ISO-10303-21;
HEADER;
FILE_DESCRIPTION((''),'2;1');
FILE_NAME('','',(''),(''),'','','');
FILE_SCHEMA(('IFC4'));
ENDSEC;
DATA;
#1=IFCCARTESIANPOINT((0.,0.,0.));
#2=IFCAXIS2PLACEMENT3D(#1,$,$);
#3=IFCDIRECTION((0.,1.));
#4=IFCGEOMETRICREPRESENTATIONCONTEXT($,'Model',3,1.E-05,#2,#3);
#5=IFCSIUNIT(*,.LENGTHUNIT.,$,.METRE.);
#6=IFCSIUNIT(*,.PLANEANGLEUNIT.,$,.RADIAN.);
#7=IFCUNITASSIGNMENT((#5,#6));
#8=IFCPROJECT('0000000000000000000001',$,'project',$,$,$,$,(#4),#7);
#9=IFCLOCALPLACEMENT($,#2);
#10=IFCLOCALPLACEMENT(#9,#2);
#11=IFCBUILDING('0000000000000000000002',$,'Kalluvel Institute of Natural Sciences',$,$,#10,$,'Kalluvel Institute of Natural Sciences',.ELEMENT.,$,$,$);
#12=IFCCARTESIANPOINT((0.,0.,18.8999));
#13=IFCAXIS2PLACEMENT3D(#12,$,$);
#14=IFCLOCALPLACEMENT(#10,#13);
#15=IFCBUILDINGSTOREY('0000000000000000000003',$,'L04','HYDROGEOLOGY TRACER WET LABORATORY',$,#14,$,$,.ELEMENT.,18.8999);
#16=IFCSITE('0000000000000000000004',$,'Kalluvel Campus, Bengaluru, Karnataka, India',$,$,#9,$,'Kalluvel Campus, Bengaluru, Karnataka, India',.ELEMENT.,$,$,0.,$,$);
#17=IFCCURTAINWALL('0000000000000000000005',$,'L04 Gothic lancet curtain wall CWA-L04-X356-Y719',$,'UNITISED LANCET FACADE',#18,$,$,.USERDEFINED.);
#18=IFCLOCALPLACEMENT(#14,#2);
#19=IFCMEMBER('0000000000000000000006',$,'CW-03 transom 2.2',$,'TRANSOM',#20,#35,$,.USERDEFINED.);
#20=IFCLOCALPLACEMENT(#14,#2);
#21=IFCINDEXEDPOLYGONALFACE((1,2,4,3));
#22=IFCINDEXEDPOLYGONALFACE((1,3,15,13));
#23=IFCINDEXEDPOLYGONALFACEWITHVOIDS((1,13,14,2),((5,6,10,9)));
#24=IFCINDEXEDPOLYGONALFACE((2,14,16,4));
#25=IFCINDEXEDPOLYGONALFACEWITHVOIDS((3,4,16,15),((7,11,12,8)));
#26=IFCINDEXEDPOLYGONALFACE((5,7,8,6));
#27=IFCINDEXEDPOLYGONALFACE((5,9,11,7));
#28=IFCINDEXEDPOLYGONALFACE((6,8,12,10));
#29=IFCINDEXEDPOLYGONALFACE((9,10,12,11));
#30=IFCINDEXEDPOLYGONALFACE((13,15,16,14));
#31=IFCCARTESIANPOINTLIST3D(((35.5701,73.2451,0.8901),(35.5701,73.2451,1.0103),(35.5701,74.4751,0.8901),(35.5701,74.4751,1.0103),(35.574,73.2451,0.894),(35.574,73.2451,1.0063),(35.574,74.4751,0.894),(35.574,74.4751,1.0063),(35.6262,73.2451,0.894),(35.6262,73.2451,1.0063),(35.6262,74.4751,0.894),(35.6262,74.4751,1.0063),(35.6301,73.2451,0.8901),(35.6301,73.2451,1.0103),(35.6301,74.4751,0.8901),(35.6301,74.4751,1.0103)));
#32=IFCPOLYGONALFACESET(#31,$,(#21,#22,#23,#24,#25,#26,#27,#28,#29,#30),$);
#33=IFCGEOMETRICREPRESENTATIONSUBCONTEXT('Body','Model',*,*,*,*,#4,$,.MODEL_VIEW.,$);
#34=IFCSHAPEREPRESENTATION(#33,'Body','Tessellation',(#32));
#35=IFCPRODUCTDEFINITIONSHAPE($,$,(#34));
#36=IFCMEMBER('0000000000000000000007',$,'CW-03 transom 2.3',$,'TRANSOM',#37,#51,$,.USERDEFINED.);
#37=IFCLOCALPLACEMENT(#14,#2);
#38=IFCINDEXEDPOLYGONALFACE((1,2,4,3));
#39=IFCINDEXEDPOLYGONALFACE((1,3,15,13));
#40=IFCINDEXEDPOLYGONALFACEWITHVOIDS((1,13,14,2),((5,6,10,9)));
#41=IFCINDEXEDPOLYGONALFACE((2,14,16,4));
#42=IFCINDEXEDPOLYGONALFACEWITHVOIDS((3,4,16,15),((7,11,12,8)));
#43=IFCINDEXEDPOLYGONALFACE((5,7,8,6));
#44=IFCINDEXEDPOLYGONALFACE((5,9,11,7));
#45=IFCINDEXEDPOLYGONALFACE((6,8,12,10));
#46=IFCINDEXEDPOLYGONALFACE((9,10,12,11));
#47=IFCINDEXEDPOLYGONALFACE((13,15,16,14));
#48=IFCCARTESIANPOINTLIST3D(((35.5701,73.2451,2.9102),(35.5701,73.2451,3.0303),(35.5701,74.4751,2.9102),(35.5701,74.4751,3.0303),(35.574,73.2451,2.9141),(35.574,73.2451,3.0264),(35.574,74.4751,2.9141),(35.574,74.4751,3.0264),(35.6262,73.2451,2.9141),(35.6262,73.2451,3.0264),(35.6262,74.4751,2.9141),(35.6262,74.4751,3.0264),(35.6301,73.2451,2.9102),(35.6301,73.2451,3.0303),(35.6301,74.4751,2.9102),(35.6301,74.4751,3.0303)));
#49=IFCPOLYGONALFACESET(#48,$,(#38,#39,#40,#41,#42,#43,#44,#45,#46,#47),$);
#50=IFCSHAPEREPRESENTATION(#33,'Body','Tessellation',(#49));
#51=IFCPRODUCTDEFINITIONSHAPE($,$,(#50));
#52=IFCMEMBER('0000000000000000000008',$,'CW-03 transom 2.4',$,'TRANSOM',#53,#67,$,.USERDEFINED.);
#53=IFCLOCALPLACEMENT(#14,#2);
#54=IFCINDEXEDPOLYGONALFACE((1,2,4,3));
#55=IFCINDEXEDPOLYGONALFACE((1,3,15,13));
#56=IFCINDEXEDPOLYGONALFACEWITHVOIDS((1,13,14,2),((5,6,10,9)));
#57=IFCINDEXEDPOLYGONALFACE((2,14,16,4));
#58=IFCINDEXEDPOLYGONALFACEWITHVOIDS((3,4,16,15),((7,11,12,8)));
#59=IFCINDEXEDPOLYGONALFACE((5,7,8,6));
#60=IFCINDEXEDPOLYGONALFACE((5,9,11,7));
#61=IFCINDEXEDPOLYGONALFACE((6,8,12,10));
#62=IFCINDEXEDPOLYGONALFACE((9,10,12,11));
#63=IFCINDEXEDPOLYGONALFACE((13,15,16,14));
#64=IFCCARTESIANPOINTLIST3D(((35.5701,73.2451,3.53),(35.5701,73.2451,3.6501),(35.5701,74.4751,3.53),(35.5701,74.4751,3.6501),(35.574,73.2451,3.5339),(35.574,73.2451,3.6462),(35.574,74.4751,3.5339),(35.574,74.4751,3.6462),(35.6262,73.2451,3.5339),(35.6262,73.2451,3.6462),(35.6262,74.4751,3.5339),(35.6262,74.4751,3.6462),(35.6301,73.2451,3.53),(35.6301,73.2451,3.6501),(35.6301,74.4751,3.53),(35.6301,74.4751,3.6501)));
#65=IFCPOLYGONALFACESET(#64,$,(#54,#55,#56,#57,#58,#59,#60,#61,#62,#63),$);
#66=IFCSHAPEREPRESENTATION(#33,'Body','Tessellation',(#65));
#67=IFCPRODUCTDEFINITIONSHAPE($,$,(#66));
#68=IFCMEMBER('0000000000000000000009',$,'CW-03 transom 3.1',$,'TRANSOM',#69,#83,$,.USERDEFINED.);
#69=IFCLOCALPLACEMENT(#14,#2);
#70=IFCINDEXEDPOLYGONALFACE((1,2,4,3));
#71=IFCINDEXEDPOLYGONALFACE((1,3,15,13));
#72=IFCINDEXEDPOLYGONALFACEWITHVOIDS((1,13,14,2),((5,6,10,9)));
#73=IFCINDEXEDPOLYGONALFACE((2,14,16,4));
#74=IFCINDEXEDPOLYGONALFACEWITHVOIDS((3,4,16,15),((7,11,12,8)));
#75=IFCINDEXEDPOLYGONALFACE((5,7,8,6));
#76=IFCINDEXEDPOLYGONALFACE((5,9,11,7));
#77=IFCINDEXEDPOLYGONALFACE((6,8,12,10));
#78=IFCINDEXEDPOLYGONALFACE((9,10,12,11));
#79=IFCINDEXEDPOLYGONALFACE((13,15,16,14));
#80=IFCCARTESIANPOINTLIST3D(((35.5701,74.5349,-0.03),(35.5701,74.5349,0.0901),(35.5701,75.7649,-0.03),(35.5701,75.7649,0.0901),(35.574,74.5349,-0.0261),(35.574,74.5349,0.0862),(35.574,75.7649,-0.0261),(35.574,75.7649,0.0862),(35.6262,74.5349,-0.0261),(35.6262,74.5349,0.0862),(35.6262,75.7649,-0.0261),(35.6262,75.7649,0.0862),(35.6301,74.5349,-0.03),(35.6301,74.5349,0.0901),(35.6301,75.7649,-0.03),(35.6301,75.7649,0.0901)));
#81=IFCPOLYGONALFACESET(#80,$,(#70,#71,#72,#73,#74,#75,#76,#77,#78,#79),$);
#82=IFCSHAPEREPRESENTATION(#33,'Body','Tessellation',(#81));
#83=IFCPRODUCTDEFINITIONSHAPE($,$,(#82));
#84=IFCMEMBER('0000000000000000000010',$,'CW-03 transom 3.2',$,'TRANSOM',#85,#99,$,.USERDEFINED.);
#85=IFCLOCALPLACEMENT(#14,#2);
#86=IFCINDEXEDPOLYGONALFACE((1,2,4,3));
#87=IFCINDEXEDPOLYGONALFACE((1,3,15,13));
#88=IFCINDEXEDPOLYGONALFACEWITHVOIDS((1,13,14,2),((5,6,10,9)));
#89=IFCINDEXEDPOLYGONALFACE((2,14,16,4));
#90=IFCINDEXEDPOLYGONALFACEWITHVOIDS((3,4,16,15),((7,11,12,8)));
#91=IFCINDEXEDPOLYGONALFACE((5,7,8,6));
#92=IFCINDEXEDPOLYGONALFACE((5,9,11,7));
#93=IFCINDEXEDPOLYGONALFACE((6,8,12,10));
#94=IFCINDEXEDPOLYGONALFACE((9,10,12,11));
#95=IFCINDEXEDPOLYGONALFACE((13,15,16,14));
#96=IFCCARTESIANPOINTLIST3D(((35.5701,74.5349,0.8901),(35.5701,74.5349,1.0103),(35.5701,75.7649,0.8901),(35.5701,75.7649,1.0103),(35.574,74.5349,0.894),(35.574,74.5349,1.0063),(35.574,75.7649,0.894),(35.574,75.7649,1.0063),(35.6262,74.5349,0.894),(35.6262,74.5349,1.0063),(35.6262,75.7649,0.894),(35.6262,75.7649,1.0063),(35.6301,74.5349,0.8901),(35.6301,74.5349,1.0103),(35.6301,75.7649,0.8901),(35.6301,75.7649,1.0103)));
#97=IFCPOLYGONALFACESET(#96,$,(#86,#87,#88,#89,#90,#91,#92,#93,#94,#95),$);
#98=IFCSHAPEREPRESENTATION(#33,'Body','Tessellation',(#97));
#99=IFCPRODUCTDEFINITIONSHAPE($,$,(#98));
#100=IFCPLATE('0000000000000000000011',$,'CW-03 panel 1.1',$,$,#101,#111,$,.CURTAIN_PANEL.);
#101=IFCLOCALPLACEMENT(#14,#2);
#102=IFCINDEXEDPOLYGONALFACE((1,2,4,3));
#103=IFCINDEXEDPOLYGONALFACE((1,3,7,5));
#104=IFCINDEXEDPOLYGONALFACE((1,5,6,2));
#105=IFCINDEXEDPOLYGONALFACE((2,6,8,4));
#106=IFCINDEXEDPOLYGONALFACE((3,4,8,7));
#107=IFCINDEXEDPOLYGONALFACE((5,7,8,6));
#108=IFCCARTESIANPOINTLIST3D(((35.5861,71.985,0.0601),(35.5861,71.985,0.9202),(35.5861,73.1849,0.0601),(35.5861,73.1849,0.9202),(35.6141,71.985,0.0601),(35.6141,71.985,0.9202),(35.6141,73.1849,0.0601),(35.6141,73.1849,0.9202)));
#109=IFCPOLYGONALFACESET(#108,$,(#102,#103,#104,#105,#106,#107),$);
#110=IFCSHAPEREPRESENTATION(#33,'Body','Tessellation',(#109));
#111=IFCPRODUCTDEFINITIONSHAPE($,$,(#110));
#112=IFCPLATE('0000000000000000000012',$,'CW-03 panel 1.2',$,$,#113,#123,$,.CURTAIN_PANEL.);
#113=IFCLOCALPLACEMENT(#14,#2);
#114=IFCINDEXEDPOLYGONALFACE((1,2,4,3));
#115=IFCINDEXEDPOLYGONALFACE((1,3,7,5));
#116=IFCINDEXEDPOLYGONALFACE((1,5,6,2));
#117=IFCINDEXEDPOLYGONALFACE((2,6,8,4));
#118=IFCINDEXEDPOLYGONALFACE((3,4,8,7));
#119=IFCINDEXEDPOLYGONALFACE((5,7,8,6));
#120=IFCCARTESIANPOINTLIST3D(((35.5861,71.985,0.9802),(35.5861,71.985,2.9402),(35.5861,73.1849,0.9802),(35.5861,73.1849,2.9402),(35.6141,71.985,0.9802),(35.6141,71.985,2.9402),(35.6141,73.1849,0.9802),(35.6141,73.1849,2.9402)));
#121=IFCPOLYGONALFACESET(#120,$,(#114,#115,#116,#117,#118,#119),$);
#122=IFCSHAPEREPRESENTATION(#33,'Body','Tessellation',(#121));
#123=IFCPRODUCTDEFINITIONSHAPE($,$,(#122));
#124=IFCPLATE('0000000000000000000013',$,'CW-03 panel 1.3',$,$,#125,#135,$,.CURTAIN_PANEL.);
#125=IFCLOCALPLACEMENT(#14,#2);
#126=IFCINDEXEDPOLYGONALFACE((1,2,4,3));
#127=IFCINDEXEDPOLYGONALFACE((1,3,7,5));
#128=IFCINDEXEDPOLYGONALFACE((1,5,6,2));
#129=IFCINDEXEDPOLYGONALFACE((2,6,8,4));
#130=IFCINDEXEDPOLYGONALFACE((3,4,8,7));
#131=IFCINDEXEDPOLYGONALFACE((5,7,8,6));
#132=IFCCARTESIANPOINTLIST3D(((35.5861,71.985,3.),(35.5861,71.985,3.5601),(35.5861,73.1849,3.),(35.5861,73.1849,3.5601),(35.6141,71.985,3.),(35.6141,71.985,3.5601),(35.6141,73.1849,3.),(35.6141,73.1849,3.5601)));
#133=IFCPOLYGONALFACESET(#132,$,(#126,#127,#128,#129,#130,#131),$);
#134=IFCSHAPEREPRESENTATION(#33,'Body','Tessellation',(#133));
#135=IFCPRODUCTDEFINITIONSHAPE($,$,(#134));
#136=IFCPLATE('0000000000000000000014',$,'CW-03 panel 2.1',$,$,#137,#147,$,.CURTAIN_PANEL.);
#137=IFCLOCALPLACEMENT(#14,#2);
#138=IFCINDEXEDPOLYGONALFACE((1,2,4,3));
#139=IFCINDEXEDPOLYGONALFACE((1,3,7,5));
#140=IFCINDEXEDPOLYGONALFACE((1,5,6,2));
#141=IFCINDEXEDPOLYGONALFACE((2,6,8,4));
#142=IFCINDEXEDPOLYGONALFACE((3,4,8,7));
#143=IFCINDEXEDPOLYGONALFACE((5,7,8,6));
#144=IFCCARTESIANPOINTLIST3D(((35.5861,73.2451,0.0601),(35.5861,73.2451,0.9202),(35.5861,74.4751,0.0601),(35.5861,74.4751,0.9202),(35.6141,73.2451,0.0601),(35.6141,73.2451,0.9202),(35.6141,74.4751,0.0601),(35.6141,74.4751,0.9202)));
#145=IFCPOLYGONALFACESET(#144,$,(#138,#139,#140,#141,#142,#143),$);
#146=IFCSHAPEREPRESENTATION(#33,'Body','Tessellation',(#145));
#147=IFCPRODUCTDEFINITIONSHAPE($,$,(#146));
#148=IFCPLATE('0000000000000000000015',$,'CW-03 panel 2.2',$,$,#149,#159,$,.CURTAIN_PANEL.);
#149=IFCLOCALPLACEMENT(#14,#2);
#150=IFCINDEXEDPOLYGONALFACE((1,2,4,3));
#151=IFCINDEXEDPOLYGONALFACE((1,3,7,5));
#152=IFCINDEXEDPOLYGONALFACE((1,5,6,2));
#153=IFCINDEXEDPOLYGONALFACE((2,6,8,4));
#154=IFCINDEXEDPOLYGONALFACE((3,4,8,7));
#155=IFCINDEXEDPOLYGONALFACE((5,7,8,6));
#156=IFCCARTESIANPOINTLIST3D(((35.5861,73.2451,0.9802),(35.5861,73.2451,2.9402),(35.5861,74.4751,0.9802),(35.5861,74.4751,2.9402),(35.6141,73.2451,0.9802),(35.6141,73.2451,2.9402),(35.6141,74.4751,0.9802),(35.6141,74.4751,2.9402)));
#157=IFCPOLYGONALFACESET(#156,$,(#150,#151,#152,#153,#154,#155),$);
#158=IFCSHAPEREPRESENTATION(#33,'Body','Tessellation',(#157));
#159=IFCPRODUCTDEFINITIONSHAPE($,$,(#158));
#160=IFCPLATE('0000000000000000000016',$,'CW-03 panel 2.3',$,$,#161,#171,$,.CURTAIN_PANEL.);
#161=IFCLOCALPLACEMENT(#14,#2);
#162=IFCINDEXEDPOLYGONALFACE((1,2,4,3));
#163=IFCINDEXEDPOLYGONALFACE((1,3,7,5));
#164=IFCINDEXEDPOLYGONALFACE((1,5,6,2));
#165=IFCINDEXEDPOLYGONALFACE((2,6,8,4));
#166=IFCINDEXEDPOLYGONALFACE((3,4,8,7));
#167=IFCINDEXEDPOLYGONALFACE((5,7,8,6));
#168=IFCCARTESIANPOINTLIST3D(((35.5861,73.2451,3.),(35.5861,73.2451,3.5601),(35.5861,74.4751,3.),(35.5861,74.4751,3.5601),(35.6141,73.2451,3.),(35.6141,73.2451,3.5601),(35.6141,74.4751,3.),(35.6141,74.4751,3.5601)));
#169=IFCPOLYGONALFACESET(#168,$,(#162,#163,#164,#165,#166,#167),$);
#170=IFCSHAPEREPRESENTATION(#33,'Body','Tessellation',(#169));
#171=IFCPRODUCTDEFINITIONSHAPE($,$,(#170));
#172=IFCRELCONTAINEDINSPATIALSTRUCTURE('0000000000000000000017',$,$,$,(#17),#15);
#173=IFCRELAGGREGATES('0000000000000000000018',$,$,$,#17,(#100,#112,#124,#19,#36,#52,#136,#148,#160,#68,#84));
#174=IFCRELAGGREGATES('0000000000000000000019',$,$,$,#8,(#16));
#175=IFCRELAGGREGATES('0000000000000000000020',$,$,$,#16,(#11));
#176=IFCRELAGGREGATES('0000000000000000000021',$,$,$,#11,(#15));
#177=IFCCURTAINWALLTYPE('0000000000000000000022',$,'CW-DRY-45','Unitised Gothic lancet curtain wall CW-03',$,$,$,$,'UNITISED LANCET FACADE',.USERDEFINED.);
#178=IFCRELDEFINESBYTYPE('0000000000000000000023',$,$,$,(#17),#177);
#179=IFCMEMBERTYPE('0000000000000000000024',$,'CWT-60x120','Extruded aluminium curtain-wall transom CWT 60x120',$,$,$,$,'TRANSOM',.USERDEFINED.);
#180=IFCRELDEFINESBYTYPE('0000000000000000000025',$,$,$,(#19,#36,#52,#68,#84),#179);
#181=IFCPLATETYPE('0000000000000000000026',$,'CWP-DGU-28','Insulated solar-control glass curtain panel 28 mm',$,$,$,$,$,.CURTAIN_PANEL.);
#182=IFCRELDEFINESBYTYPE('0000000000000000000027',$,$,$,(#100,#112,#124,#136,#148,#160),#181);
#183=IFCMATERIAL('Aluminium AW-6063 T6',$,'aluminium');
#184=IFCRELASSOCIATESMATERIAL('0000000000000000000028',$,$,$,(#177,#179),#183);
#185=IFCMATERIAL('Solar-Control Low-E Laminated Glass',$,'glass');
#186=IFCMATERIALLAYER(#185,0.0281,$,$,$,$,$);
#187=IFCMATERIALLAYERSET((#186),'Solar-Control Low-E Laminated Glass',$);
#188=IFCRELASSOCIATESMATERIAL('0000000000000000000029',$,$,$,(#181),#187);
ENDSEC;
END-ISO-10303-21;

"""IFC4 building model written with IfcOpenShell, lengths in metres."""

from ifc_helpers import new_model, si_unit, direction, frame, origin, origin_2d, place, context, subcontext, project, spatial, rectangle, hollow_rectangle, extrude, material, layer, layer_set, material_profile, profile_set, type_object, element, aggregate, save


model = new_model("IFC4")

# Units and contexts
model_context = context("Model", 3, precision=1e-05, world=origin(), true_north=direction((0.0, 1.0)))
body_context = subcontext(model_context, "Body", "Model", "MODEL_VIEW")
ifc_project = project(units=[si_unit("LENGTHUNIT", "METRE"), si_unit("PLANEANGLEUNIT", "RADIAN")], contexts=[model_context])

# Site, building, storey
site_placement = place(None, origin())
site = spatial("IfcSite", under=ifc_project, at=site_placement, Name="Kalluvel Campus, Bengaluru, Karnataka, India", LongName="Kalluvel Campus, Bengaluru, Karnataka, India", CompositionType="ELEMENT", RefElevation=0.0)
building_placement = place(site_placement, origin())
building = spatial("IfcBuilding", under=site, at=building_placement, Name="Kalluvel Institute of Natural Sciences", LongName="Kalluvel Institute of Natural Sciences", CompositionType="ELEMENT")
storey_placement = place(building_placement, frame((0.0, 0.0, 18.8999)))
storey = spatial("IfcBuildingStorey", under=building, at=storey_placement, Name="L04", Description="HYDROGEOLOGY TRACER WET LABORATORY", CompositionType="ELEMENT", Elevation=18.8999)

# Curtain wall, members, plates
ifc_material_1 = material(Name="Aluminium AW-6063 T6", Category="aluminium")
curtain_wall_type = type_object("IfcCurtainWallType", Name="CW-DRY-45", Description="Unitised Gothic lancet curtain wall CW-03", ElementType="UNITISED LANCET FACADE", PredefinedType="USERDEFINED", material=ifc_material_1)
curtain_wall_placement = place(storey_placement, origin())
curtain_wall = element("IfcCurtainWall", 1, at=curtain_wall_placement, inside=storey, type_object=curtain_wall_type, Name="L04 Gothic lancet curtain wall CWA-L04-X356-Y719", ObjectType="UNITISED LANCET FACADE", PredefinedType="USERDEFINED")
ifc_material_profile_1 = material_profile(ifc_material_1, hollow_rectangle(XDim=0.0601, YDim=0.1201, WallThickness=0.0039, at=origin_2d()), Name="CWT 60x120")
ifc_profile_set_1 = profile_set([ifc_material_profile_1], Name="Aluminium AW-6063 T6")
member_type_1 = type_object("IfcMemberType", Name="CWT-60x120", Description="Extruded aluminium curtain-wall transom CWT 60x120", ElementType="TRANSOM", PredefinedType="USERDEFINED", material=ifc_profile_set_1)
member_1_placement = place(storey_placement, frame((35.6001, 73.2451, 0.9502), z_axis=(0.0, 1.0, 0.0), x_axis=(-1.0, 0.0, 0.0)))
member_1 = element("IfcMember", 2, at=member_1_placement, type_object=member_type_1, Name="CW-03 transom 2.2", ObjectType="TRANSOM", PredefinedType="USERDEFINED", context=body_context, shape_type="SweptSolid", body=[
    extrude(hollow_rectangle(XDim=0.0601, YDim=0.1201, WallThickness=0.0039, at=origin_2d()), origin(), (0.0, 0.0, 1.0), 1.23),
])
member_2_placement = place(storey_placement, frame((35.6001, 73.2451, 2.9702), z_axis=(0.0, 1.0, 0.0), x_axis=(-1.0, 0.0, 0.0)))
member_2 = element("IfcMember", 3, at=member_2_placement, type_object=member_type_1, Name="CW-03 transom 2.3", ObjectType="TRANSOM", PredefinedType="USERDEFINED", context=body_context, shape_type="SweptSolid", body=[
    extrude(hollow_rectangle(XDim=0.0601, YDim=0.1201, WallThickness=0.0039, at=origin_2d()), origin(), (0.0, 0.0, 1.0), 1.23),
])
member_3_placement = place(storey_placement, frame((35.6001, 73.2451, 3.5901), z_axis=(0.0, 1.0, 0.0), x_axis=(-1.0, 0.0, 0.0)))
member_3 = element("IfcMember", 4, at=member_3_placement, type_object=member_type_1, Name="CW-03 transom 2.4", ObjectType="TRANSOM", PredefinedType="USERDEFINED", context=body_context, shape_type="SweptSolid", body=[
    extrude(hollow_rectangle(XDim=0.0601, YDim=0.1201, WallThickness=0.0039, at=origin_2d()), origin(), (0.0, 0.0, 1.0), 1.23),
])
member_4_placement = place(storey_placement, frame((35.6001, 74.5349, 0.03), z_axis=(0.0, 1.0, 0.0), x_axis=(-1.0, 0.0, 0.0)))
member_4 = element("IfcMember", 5, at=member_4_placement, type_object=member_type_1, Name="CW-03 transom 3.1", ObjectType="TRANSOM", PredefinedType="USERDEFINED", context=body_context, shape_type="SweptSolid", body=[
    extrude(hollow_rectangle(XDim=0.0601, YDim=0.1201, WallThickness=0.0039, at=origin_2d()), origin(), (0.0, 0.0, 1.0), 1.23),
])
member_5_placement = place(storey_placement, frame((35.6001, 74.5349, 0.9502), z_axis=(0.0, 1.0, 0.0), x_axis=(-1.0, 0.0, 0.0)))
member_5 = element("IfcMember", 6, at=member_5_placement, type_object=member_type_1, Name="CW-03 transom 3.2", ObjectType="TRANSOM", PredefinedType="USERDEFINED", context=body_context, shape_type="SweptSolid", body=[
    extrude(hollow_rectangle(XDim=0.0601, YDim=0.1201, WallThickness=0.0039, at=origin_2d()), origin(), (0.0, 0.0, 1.0), 1.23),
])
ifc_material_2 = material(Name="Solar-Control Low-E Laminated Glass", Category="glass")
ifc_layer = layer(ifc_material_2, 0.0281)
ifc_layer_set = layer_set([ifc_layer], Name="Solar-Control Low-E Laminated Glass")
plate_type = type_object("IfcPlateType", Name="CWP-DGU-28", Description="Insulated solar-control glass curtain panel 28 mm", PredefinedType="CURTAIN_PANEL", material=ifc_layer_set)
plate_1_placement = place(storey_placement, frame((35.6001, 72.585, 0.0601), z_axis=(0.0, 0.0, 1.0), x_axis=(0.0, 1.0, 0.0)))
plate_1 = element("IfcPlate", 7, at=plate_1_placement, type_object=plate_type, Name="CW-03 panel 1.1", PredefinedType="CURTAIN_PANEL", context=body_context, shape_type="SweptSolid", body=[
    extrude(rectangle(XDim=1.2, YDim=0.0281, at=origin_2d()), origin(), (0.0, 0.0, 1.0), 0.8601),
])
plate_2_placement = place(storey_placement, frame((35.6001, 72.585, 0.9802), z_axis=(0.0, 0.0, 1.0), x_axis=(0.0, 1.0, 0.0)))
plate_2 = element("IfcPlate", 8, at=plate_2_placement, type_object=plate_type, Name="CW-03 panel 1.2", PredefinedType="CURTAIN_PANEL", context=body_context, shape_type="SweptSolid", body=[
    extrude(rectangle(XDim=1.2, YDim=0.0281, at=origin_2d()), origin(), (0.0, 0.0, 1.0), 1.96),
])
plate_3_placement = place(storey_placement, frame((35.6001, 72.585, 3.0), z_axis=(0.0, 0.0, 1.0), x_axis=(0.0, 1.0, 0.0)))
plate_3 = element("IfcPlate", 9, at=plate_3_placement, type_object=plate_type, Name="CW-03 panel 1.3", PredefinedType="CURTAIN_PANEL", context=body_context, shape_type="SweptSolid", body=[
    extrude(rectangle(XDim=1.2, YDim=0.0281, at=origin_2d()), origin(), (0.0, 0.0, 1.0), 0.5601),
])
plate_4_placement = place(storey_placement, frame((35.6001, 73.8601, 0.0601), z_axis=(0.0, 0.0, 1.0), x_axis=(0.0, 1.0, 0.0)))
plate_4 = element("IfcPlate", 10, at=plate_4_placement, type_object=plate_type, Name="CW-03 panel 2.1", PredefinedType="CURTAIN_PANEL", context=body_context, shape_type="SweptSolid", body=[
    extrude(rectangle(XDim=1.23, YDim=0.0281, at=origin_2d()), origin(), (0.0, 0.0, 1.0), 0.8601),
])
plate_5_placement = place(storey_placement, frame((35.6001, 73.8601, 0.9802), z_axis=(0.0, 0.0, 1.0), x_axis=(0.0, 1.0, 0.0)))
plate_5 = element("IfcPlate", 11, at=plate_5_placement, type_object=plate_type, Name="CW-03 panel 2.2", PredefinedType="CURTAIN_PANEL", context=body_context, shape_type="SweptSolid", body=[
    extrude(rectangle(XDim=1.23, YDim=0.0281, at=origin_2d()), origin(), (0.0, 0.0, 1.0), 1.96),
])
plate_6_placement = place(storey_placement, frame((35.6001, 73.8601, 3.0), z_axis=(0.0, 0.0, 1.0), x_axis=(0.0, 1.0, 0.0)))
plate_6 = element("IfcPlate", 12, at=plate_6_placement, type_object=plate_type, Name="CW-03 panel 2.3", PredefinedType="CURTAIN_PANEL", context=body_context, shape_type="SweptSolid", body=[
    extrude(rectangle(XDim=1.23, YDim=0.0281, at=origin_2d()), origin(), (0.0, 0.0, 1.0), 0.5601),
])
aggregate(curtain_wall, [plate_1, plate_2, plate_3, member_1, member_2, member_3, plate_4, plate_5, plate_6, member_4, member_5])

save(model, "model.ifc")
